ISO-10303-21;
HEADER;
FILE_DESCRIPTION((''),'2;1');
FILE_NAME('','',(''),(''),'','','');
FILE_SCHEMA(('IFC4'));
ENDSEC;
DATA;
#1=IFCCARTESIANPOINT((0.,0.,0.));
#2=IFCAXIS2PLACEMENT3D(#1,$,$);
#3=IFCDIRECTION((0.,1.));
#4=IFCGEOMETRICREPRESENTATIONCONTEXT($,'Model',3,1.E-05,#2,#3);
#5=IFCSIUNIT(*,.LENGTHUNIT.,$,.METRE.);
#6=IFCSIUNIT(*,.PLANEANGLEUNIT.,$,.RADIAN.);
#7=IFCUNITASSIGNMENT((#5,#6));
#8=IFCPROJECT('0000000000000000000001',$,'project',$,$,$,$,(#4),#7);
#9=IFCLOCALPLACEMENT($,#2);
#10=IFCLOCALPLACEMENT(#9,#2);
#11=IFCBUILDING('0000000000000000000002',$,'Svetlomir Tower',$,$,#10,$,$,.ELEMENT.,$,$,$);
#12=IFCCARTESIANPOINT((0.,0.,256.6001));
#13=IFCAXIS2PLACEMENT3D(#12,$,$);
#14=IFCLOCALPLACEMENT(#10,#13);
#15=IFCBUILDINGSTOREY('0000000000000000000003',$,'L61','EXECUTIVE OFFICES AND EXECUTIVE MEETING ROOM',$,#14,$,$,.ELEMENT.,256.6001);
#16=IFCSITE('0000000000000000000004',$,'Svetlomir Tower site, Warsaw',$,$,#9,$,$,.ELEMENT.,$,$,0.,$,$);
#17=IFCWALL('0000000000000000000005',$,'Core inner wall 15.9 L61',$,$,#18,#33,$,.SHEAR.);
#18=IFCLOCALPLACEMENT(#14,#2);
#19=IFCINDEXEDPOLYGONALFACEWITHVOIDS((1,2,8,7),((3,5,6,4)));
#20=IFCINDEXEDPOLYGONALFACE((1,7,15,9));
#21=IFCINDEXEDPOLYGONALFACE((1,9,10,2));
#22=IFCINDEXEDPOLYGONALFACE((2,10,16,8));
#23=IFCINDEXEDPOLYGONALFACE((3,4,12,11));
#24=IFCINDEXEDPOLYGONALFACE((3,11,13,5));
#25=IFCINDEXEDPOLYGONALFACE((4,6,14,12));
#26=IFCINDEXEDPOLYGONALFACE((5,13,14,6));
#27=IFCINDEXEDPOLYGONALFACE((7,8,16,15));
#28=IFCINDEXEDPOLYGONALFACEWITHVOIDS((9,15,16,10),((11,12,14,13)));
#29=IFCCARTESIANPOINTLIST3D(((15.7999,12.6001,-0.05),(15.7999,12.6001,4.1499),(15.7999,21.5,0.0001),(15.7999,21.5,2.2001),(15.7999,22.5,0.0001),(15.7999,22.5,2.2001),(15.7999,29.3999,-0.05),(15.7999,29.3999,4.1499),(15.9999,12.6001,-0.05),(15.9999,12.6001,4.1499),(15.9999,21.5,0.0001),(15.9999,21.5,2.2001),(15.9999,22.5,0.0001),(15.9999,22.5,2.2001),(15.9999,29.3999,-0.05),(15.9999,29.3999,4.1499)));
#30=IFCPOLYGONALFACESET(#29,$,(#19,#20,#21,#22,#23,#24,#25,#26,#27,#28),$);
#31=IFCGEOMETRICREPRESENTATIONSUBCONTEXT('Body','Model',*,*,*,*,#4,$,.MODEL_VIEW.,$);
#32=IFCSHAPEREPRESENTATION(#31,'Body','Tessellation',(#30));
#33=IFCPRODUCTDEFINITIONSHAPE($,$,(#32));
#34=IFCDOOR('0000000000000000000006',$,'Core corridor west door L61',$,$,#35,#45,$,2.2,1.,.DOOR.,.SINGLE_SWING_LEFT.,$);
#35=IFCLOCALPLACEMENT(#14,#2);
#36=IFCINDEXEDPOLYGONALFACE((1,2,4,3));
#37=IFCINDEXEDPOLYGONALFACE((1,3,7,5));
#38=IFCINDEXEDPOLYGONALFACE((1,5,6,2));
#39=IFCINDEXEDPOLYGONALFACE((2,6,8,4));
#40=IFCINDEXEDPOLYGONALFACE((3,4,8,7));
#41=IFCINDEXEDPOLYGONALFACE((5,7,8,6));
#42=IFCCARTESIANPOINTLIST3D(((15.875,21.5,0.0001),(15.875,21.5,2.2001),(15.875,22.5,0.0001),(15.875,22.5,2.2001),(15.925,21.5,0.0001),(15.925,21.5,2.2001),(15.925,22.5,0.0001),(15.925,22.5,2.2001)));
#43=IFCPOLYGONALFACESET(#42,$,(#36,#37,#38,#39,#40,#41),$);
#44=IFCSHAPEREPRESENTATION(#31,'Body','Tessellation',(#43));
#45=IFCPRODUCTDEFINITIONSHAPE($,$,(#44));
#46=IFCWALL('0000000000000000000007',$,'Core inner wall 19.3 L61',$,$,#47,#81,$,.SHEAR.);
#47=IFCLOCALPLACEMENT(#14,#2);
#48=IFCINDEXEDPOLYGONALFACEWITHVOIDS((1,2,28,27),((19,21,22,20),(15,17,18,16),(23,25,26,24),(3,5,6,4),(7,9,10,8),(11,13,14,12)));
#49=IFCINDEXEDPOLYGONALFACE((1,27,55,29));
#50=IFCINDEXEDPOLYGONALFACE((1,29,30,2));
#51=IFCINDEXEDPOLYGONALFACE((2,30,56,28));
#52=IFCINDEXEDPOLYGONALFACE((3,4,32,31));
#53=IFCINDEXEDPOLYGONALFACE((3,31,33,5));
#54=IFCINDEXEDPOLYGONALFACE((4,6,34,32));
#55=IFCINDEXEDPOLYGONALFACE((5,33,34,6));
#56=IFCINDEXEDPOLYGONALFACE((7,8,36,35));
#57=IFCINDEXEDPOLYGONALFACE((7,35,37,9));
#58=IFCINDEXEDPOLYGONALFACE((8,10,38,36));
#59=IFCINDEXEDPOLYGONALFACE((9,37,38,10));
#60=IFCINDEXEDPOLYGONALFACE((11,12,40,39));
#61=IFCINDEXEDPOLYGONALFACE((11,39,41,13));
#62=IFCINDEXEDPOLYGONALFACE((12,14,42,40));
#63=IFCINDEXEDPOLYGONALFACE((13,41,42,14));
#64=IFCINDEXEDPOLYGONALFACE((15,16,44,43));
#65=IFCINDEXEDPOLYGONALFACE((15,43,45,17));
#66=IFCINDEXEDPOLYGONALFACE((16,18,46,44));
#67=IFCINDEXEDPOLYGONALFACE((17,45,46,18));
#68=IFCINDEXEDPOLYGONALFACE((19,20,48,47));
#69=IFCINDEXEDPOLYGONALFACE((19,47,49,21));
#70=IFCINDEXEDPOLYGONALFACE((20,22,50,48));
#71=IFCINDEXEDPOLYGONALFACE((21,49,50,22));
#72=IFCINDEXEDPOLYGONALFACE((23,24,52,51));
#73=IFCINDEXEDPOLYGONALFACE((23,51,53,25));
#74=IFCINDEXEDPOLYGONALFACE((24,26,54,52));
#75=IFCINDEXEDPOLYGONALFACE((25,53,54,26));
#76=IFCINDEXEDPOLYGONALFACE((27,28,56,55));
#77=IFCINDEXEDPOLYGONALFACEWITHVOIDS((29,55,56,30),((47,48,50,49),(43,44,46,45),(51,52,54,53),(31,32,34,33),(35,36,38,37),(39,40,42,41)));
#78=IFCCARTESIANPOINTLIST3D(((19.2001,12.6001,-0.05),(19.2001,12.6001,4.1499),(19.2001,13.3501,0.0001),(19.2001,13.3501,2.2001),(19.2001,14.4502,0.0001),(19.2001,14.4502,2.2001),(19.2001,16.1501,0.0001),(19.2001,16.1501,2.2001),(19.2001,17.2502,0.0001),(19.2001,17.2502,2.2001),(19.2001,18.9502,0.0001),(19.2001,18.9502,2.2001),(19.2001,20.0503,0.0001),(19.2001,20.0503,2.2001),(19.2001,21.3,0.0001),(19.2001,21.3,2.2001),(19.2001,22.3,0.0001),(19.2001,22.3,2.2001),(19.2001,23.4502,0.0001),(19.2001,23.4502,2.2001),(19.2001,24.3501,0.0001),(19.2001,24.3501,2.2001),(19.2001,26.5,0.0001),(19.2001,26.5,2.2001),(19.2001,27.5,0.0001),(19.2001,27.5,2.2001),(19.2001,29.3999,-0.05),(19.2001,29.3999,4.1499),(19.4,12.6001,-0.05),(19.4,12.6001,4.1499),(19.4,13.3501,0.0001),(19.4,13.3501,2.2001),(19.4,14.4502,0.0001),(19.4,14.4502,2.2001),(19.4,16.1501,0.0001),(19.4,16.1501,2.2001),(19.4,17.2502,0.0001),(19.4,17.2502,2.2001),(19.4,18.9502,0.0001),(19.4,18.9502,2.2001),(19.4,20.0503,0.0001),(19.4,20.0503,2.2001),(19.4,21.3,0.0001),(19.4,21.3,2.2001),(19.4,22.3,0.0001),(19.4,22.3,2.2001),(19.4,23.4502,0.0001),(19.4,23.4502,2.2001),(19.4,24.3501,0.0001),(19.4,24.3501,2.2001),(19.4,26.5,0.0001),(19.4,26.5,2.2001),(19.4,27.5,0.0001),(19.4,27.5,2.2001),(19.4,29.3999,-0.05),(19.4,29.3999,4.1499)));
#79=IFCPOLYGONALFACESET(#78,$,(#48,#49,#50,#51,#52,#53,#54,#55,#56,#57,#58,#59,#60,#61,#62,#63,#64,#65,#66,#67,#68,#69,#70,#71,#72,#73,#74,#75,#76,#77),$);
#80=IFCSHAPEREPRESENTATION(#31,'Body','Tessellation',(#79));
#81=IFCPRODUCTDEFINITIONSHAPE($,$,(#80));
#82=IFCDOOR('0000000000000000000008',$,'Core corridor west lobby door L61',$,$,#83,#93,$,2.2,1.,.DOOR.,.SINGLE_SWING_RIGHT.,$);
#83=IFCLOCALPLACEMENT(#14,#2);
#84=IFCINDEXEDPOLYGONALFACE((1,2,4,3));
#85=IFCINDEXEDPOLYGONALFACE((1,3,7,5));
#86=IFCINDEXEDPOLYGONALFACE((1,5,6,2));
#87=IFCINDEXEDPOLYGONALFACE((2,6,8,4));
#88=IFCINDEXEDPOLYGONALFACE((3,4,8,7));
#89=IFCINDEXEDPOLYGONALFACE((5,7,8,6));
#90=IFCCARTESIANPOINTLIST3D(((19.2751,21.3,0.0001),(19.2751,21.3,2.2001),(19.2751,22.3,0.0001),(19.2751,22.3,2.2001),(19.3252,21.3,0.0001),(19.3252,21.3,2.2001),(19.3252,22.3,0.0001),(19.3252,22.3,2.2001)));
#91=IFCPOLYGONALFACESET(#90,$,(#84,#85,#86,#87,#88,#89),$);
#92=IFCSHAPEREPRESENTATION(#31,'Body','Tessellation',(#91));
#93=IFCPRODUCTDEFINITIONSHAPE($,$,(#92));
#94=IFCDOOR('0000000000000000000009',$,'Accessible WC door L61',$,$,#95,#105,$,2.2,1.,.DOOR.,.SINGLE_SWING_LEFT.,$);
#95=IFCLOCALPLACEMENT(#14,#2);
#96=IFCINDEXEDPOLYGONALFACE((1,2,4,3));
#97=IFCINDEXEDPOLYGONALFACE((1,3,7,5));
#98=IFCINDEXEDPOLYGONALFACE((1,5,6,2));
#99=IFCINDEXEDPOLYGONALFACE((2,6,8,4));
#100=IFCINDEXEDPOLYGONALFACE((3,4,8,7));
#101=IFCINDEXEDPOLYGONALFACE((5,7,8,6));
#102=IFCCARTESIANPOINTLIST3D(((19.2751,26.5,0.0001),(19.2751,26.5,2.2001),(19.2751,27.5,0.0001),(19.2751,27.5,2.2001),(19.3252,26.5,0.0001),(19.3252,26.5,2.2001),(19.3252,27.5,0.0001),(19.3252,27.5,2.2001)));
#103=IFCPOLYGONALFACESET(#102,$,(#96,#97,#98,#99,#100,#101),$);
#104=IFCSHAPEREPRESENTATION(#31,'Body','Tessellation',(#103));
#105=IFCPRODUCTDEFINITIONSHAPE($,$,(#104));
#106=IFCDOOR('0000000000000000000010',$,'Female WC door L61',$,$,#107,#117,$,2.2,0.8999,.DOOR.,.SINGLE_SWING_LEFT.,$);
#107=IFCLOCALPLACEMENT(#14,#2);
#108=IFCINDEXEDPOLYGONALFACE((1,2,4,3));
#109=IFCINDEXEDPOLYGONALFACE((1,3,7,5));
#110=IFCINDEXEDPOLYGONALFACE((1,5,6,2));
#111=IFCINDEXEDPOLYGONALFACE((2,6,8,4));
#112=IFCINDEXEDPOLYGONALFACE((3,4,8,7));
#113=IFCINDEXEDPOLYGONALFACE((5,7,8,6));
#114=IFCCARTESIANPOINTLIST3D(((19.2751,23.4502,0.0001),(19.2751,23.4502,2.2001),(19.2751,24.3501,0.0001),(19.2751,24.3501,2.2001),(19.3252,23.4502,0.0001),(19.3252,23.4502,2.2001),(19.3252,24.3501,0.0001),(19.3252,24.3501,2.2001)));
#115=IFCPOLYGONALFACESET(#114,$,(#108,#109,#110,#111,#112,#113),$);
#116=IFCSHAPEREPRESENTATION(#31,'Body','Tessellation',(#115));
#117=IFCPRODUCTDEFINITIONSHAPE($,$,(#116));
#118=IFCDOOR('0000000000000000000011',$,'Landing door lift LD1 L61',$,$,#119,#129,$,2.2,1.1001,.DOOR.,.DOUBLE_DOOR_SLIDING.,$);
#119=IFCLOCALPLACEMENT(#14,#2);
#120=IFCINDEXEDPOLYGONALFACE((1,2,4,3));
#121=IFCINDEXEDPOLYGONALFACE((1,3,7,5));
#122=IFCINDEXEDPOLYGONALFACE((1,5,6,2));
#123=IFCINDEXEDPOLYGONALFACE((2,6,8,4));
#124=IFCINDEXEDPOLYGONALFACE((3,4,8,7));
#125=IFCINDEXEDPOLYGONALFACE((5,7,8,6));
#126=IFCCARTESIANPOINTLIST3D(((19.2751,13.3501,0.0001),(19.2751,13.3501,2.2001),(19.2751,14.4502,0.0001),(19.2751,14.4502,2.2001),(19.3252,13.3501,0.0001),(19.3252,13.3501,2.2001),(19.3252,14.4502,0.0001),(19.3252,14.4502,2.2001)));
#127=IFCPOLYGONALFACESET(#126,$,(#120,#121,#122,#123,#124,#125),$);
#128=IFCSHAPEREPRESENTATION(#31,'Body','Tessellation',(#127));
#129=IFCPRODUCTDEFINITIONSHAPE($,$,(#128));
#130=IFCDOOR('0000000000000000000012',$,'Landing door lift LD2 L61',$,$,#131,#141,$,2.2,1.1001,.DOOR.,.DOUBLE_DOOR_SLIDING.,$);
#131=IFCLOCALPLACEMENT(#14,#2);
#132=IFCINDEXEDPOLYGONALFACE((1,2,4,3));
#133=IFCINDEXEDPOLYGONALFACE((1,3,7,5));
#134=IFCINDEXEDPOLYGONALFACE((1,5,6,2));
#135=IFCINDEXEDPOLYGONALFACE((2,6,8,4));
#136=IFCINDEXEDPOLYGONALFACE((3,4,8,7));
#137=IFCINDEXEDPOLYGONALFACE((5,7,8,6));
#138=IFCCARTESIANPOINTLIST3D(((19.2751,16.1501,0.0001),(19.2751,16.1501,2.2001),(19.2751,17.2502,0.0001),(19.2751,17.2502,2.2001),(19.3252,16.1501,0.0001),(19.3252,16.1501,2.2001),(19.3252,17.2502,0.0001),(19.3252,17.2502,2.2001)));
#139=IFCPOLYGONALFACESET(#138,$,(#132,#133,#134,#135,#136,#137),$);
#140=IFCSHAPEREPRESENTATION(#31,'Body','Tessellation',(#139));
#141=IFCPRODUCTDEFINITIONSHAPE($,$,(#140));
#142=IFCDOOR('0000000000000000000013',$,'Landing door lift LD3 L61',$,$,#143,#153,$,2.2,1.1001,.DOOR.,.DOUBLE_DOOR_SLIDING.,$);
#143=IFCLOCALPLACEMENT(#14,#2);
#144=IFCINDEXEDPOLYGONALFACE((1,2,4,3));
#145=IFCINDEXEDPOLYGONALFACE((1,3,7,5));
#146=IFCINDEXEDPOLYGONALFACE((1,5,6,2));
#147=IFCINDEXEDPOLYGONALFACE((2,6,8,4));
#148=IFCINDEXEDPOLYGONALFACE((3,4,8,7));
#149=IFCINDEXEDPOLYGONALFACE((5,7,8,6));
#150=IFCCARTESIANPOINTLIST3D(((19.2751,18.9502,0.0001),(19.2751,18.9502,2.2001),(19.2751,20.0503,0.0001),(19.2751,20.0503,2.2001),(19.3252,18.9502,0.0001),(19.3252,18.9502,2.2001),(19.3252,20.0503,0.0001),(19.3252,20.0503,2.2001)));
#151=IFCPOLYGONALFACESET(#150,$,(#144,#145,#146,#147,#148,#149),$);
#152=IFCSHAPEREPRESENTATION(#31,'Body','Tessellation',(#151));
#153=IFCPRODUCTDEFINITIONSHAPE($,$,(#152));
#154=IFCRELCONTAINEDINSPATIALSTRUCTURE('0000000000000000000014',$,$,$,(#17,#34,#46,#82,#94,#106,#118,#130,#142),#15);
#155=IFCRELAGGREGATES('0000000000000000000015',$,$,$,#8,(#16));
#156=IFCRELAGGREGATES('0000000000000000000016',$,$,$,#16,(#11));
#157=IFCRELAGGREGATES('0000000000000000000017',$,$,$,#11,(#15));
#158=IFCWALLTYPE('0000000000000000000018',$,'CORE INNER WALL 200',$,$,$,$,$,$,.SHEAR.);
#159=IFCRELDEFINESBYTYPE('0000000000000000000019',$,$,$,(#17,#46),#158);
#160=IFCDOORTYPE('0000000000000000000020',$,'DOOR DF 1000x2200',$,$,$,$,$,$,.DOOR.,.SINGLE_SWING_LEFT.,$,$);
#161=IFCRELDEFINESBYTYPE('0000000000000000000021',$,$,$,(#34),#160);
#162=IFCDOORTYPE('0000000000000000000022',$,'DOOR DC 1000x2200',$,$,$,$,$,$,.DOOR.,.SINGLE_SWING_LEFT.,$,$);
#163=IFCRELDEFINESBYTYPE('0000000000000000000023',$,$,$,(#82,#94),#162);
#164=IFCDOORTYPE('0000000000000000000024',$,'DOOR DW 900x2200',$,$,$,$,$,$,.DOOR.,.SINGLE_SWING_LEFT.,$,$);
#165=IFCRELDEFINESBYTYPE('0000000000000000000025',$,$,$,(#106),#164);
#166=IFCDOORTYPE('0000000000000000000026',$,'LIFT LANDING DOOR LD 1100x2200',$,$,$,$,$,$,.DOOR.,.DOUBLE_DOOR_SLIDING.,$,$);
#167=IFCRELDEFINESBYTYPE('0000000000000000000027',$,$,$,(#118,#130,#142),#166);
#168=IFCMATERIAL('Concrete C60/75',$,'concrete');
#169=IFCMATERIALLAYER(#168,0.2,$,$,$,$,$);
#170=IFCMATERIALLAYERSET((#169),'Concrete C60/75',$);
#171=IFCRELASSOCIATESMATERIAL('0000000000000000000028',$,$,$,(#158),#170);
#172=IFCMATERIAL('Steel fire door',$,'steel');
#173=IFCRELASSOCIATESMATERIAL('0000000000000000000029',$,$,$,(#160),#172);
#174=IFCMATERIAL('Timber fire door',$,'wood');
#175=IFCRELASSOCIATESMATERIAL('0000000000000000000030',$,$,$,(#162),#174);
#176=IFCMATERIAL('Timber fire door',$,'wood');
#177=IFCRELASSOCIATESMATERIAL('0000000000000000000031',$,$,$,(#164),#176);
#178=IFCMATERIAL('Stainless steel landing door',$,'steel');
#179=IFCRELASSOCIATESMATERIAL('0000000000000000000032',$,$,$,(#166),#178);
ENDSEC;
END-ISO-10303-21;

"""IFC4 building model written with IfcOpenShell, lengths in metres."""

from ifc_helpers import new_model, si_unit, direction, frame, frame_2d, origin, place, context, subcontext, project, spatial, rectangle, extrude, material, layer, layer_set, type_object, element, fill, save


model = new_model("IFC4")

# Units and contexts
model_context = context("Model", 3, precision=1e-05, world=origin(), true_north=direction((0.0, 1.0)))
body_context = subcontext(model_context, "Body", "Model", "MODEL_VIEW")
ifc_project = project(units=[si_unit("LENGTHUNIT", "METRE"), si_unit("PLANEANGLEUNIT", "RADIAN")], contexts=[model_context])

# Site, building, storey
site_placement = place(None, origin())
site = spatial("IfcSite", under=ifc_project, at=site_placement, Name="Svetlomir Tower site, Warsaw", CompositionType="ELEMENT", RefElevation=0.0)
building_placement = place(site_placement, origin())
building = spatial("IfcBuilding", under=site, at=building_placement, Name="Svetlomir Tower", CompositionType="ELEMENT")
storey_placement = place(building_placement, frame((0.0, 0.0, 256.6001)))
storey = spatial("IfcBuildingStorey", under=building, at=storey_placement, Name="L61", Description="EXECUTIVE OFFICES AND EXECUTIVE MEETING ROOM", CompositionType="ELEMENT", Elevation=256.6001)

# Wall, opening, door
ifc_material_1 = material(Name="Concrete C60/75", Category="concrete")
ifc_layer_1 = layer(ifc_material_1, 0.2)
ifc_layer_set_1 = layer_set([ifc_layer_1], Name="Concrete C60/75")
wall_type_1 = type_object("IfcWallType", Name="CORE INNER WALL 200", PredefinedType="SHEAR", material=ifc_layer_set_1)
wall_1_placement = place(storey_placement, frame((15.8999, 12.6001, -0.05), z_axis=(0.0, 0.0, 1.0), x_axis=(0.0, 1.0, 0.0)))
wall_1 = element("IfcWall", 1, at=wall_1_placement, inside=storey, type_object=wall_type_1, Name="Core inner wall 15.9 L61", PredefinedType="SHEAR", context=body_context, shape_type="SweptSolid", body=[
    extrude(rectangle(XDim=16.7998, YDim=0.2, at=frame_2d((8.3999, 0.0))), origin(), (0.0, 0.0, 1.0), 4.2),
])
opening_1_placement = place(wall_1_placement, frame((8.8999, 0.0, 0.05)))
opening_1 = element("IfcOpeningElement", 2, at=opening_1_placement, cuts=wall_1, PredefinedType="OPENING", context=body_context, shape_type="SweptSolid", body=[
    extrude(rectangle(XDim=1.0, YDim=2.2, at=frame_2d((0.5, 1.1001))), frame((0.0, 0.1099, 0.0), z_axis=(0.0, -1.0, 0.0), x_axis=(1.0, 0.0, 0.0)), (0.0, 0.0, 1.0), 0.22),
])
ifc_material_2 = material(Name="Steel fire door", Category="steel")
door_type_1 = type_object("IfcDoorType", Name="DOOR DF 1000x2200", OperationType="SINGLE_SWING_LEFT", PredefinedType="DOOR", material=ifc_material_2)
door_1_placement = place(opening_1_placement, origin())
door_1 = element("IfcDoor", 3, at=door_1_placement, inside=storey, type_object=door_type_1, Name="Core corridor west door L61", OperationType="SINGLE_SWING_LEFT", OverallHeight=2.2, OverallWidth=1.0, PredefinedType="DOOR", context=body_context, shape_type="SweptSolid", body=[
    extrude(rectangle(XDim=1.0, YDim=2.2, at=frame_2d((0.5, 1.1001))), frame((0.0, 0.0249, 0.0), z_axis=(0.0, -1.0, 0.0), x_axis=(1.0, 0.0, 0.0)), (0.0, 0.0, 1.0), 0.05),
])
fill(opening_1, door_1)

# Wall, openings, doors
wall_2_placement = place(storey_placement, frame((19.3, 12.6001, -0.05), z_axis=(0.0, 0.0, 1.0), x_axis=(0.0, 1.0, 0.0)))
wall_2 = element("IfcWall", 4, at=wall_2_placement, inside=storey, type_object=wall_type_1, Name="Core inner wall 19.3 L61", PredefinedType="SHEAR", context=body_context, shape_type="SweptSolid", body=[
    extrude(rectangle(XDim=16.7998, YDim=0.2, at=frame_2d((8.3999, 0.0))), origin(), (0.0, 0.0, 1.0), 4.2),
])
opening_2_placement = place(wall_2_placement, frame((8.7, 0.0, 0.05)))
opening_2 = element("IfcOpeningElement", 5, at=opening_2_placement, cuts=wall_2, PredefinedType="OPENING", context=body_context, shape_type="SweptSolid", body=[
    extrude(rectangle(XDim=1.0, YDim=2.2, at=frame_2d((0.5, 1.1001))), frame((0.0, 0.1099, 0.0), z_axis=(0.0, -1.0, 0.0), x_axis=(1.0, 0.0, 0.0)), (0.0, 0.0, 1.0), 0.22),
])
opening_3_placement = place(wall_2_placement, frame((10.8501, 0.0, 0.05)))
opening_3 = element("IfcOpeningElement", 6, at=opening_3_placement, cuts=wall_2, PredefinedType="OPENING", context=body_context, shape_type="SweptSolid", body=[
    extrude(rectangle(XDim=0.8999, YDim=2.2, at=frame_2d((0.45, 1.1001))), frame((0.0, 0.1099, 0.0), z_axis=(0.0, -1.0, 0.0), x_axis=(1.0, 0.0, 0.0)), (0.0, 0.0, 1.0), 0.22),
])
opening_4_placement = place(wall_2_placement, frame((13.8999, 0.0, 0.05)))
opening_4 = element("IfcOpeningElement", 7, at=opening_4_placement, cuts=wall_2, PredefinedType="OPENING", context=body_context, shape_type="SweptSolid", body=[
    extrude(rectangle(XDim=1.0, YDim=2.2, at=frame_2d((0.5, 1.1001))), frame((0.0, 0.1099, 0.0), z_axis=(0.0, -1.0, 0.0), x_axis=(1.0, 0.0, 0.0)), (0.0, 0.0, 1.0), 0.22),
])
opening_5_placement = place(wall_2_placement, frame((0.75, 0.0, 0.05)))
opening_5 = element("IfcOpeningElement", 8, at=opening_5_placement, cuts=wall_2, PredefinedType="OPENING", context=body_context, shape_type="SweptSolid", body=[
    extrude(rectangle(XDim=1.1001, YDim=2.2, at=frame_2d((0.55, 1.1001))), frame((0.0, 0.1099, 0.0), z_axis=(0.0, -1.0, 0.0), x_axis=(1.0, 0.0, 0.0)), (0.0, 0.0, 1.0), 0.22),
])
opening_6_placement = place(wall_2_placement, frame((3.55, 0.0, 0.05)))
opening_6 = element("IfcOpeningElement", 9, at=opening_6_placement, cuts=wall_2, PredefinedType="OPENING", context=body_context, shape_type="SweptSolid", body=[
    extrude(rectangle(XDim=1.1001, YDim=2.2, at=frame_2d((0.55, 1.1001))), frame((0.0, 0.1099, 0.0), z_axis=(0.0, -1.0, 0.0), x_axis=(1.0, 0.0, 0.0)), (0.0, 0.0, 1.0), 0.22),
])
opening_7_placement = place(wall_2_placement, frame((6.3501, 0.0, 0.05)))
opening_7 = element("IfcOpeningElement", 10, at=opening_7_placement, cuts=wall_2, PredefinedType="OPENING", context=body_context, shape_type="SweptSolid", body=[
    extrude(rectangle(XDim=1.1001, YDim=2.2, at=frame_2d((0.55, 1.1001))), frame((0.0, 0.1099, 0.0), z_axis=(0.0, -1.0, 0.0), x_axis=(1.0, 0.0, 0.0)), (0.0, 0.0, 1.0), 0.22),
])
ifc_material_3 = material(Name="Timber fire door", Category="wood")
door_type_2 = type_object("IfcDoorType", Name="DOOR DC 1000x2200", OperationType="SINGLE_SWING_LEFT", PredefinedType="DOOR", material=ifc_material_3)
door_2_placement = place(opening_2_placement, origin())
door_2 = element("IfcDoor", 11, at=door_2_placement, inside=storey, type_object=door_type_2, Name="Core corridor west lobby door L61", OperationType="SINGLE_SWING_RIGHT", OverallHeight=2.2, OverallWidth=1.0, PredefinedType="DOOR", context=body_context, shape_type="SweptSolid", body=[
    extrude(rectangle(XDim=1.0, YDim=2.2, at=frame_2d((0.5, 1.1001))), frame((0.0, 0.0249, 0.0), z_axis=(0.0, -1.0, 0.0), x_axis=(1.0, 0.0, 0.0)), (0.0, 0.0, 1.0), 0.05),
])
fill(opening_2, door_2)
door_3_placement = place(opening_4_placement, origin())
door_3 = element("IfcDoor", 12, at=door_3_placement, inside=storey, type_object=door_type_2, Name="Accessible WC door L61", OperationType="SINGLE_SWING_LEFT", OverallHeight=2.2, OverallWidth=1.0, PredefinedType="DOOR", context=body_context, shape_type="SweptSolid", body=[
    extrude(rectangle(XDim=1.0, YDim=2.2, at=frame_2d((0.5, 1.1001))), frame((0.0, 0.0249, 0.0), z_axis=(0.0, -1.0, 0.0), x_axis=(1.0, 0.0, 0.0)), (0.0, 0.0, 1.0), 0.05),
])
fill(opening_4, door_3)
ifc_material_4 = material(Name="Timber fire door", Category="wood")
door_type_3 = type_object("IfcDoorType", Name="DOOR DW 900x2200", OperationType="SINGLE_SWING_LEFT", PredefinedType="DOOR", material=ifc_material_4)
door_4_placement = place(opening_3_placement, origin())
door_4 = element("IfcDoor", 13, at=door_4_placement, inside=storey, type_object=door_type_3, Name="Female WC door L61", OperationType="SINGLE_SWING_LEFT", OverallHeight=2.2, OverallWidth=0.8999, PredefinedType="DOOR", context=body_context, shape_type="SweptSolid", body=[
    extrude(rectangle(XDim=0.8999, YDim=2.2, at=frame_2d((0.45, 1.1001))), frame((0.0, 0.0249, 0.0), z_axis=(0.0, -1.0, 0.0), x_axis=(1.0, 0.0, 0.0)), (0.0, 0.0, 1.0), 0.05),
])
fill(opening_3, door_4)
ifc_material_5 = material(Name="Stainless steel landing door", Category="steel")
door_type_4 = type_object("IfcDoorType", Name="LIFT LANDING DOOR LD 1100x2200", OperationType="DOUBLE_DOOR_SLIDING", PredefinedType="DOOR", material=ifc_material_5)
door_5_placement = place(opening_5_placement, origin())
door_5 = element("IfcDoor", 14, at=door_5_placement, inside=storey, type_object=door_type_4, Name="Landing door lift LD1 L61", OperationType="DOUBLE_DOOR_SLIDING", OverallHeight=2.2, OverallWidth=1.1001, PredefinedType="DOOR", context=body_context, shape_type="SweptSolid", body=[
    extrude(rectangle(XDim=1.1001, YDim=2.2, at=frame_2d((0.55, 1.1001))), frame((0.0, 0.0249, 0.0), z_axis=(0.0, -1.0, 0.0), x_axis=(1.0, 0.0, 0.0)), (0.0, 0.0, 1.0), 0.05),
])
fill(opening_5, door_5)
door_6_placement = place(opening_6_placement, origin())
door_6 = element("IfcDoor", 15, at=door_6_placement, inside=storey, type_object=door_type_4, Name="Landing door lift LD2 L61", OperationType="DOUBLE_DOOR_SLIDING", OverallHeight=2.2, OverallWidth=1.1001, PredefinedType="DOOR", context=body_context, shape_type="SweptSolid", body=[
    extrude(rectangle(XDim=1.1001, YDim=2.2, at=frame_2d((0.55, 1.1001))), frame((0.0, 0.0249, 0.0), z_axis=(0.0, -1.0, 0.0), x_axis=(1.0, 0.0, 0.0)), (0.0, 0.0, 1.0), 0.05),
])
fill(opening_6, door_6)
door_7_placement = place(opening_7_placement, origin())
door_7 = element("IfcDoor", 16, at=door_7_placement, inside=storey, type_object=door_type_4, Name="Landing door lift LD3 L61", OperationType="DOUBLE_DOOR_SLIDING", OverallHeight=2.2, OverallWidth=1.1001, PredefinedType="DOOR", context=body_context, shape_type="SweptSolid", body=[
    extrude(rectangle(XDim=1.1001, YDim=2.2, at=frame_2d((0.55, 1.1001))), frame((0.0, 0.0249, 0.0), z_axis=(0.0, -1.0, 0.0), x_axis=(1.0, 0.0, 0.0)), (0.0, 0.0, 1.0), 0.05),
])
fill(opening_7, door_7)

save(model, "model.ifc")
